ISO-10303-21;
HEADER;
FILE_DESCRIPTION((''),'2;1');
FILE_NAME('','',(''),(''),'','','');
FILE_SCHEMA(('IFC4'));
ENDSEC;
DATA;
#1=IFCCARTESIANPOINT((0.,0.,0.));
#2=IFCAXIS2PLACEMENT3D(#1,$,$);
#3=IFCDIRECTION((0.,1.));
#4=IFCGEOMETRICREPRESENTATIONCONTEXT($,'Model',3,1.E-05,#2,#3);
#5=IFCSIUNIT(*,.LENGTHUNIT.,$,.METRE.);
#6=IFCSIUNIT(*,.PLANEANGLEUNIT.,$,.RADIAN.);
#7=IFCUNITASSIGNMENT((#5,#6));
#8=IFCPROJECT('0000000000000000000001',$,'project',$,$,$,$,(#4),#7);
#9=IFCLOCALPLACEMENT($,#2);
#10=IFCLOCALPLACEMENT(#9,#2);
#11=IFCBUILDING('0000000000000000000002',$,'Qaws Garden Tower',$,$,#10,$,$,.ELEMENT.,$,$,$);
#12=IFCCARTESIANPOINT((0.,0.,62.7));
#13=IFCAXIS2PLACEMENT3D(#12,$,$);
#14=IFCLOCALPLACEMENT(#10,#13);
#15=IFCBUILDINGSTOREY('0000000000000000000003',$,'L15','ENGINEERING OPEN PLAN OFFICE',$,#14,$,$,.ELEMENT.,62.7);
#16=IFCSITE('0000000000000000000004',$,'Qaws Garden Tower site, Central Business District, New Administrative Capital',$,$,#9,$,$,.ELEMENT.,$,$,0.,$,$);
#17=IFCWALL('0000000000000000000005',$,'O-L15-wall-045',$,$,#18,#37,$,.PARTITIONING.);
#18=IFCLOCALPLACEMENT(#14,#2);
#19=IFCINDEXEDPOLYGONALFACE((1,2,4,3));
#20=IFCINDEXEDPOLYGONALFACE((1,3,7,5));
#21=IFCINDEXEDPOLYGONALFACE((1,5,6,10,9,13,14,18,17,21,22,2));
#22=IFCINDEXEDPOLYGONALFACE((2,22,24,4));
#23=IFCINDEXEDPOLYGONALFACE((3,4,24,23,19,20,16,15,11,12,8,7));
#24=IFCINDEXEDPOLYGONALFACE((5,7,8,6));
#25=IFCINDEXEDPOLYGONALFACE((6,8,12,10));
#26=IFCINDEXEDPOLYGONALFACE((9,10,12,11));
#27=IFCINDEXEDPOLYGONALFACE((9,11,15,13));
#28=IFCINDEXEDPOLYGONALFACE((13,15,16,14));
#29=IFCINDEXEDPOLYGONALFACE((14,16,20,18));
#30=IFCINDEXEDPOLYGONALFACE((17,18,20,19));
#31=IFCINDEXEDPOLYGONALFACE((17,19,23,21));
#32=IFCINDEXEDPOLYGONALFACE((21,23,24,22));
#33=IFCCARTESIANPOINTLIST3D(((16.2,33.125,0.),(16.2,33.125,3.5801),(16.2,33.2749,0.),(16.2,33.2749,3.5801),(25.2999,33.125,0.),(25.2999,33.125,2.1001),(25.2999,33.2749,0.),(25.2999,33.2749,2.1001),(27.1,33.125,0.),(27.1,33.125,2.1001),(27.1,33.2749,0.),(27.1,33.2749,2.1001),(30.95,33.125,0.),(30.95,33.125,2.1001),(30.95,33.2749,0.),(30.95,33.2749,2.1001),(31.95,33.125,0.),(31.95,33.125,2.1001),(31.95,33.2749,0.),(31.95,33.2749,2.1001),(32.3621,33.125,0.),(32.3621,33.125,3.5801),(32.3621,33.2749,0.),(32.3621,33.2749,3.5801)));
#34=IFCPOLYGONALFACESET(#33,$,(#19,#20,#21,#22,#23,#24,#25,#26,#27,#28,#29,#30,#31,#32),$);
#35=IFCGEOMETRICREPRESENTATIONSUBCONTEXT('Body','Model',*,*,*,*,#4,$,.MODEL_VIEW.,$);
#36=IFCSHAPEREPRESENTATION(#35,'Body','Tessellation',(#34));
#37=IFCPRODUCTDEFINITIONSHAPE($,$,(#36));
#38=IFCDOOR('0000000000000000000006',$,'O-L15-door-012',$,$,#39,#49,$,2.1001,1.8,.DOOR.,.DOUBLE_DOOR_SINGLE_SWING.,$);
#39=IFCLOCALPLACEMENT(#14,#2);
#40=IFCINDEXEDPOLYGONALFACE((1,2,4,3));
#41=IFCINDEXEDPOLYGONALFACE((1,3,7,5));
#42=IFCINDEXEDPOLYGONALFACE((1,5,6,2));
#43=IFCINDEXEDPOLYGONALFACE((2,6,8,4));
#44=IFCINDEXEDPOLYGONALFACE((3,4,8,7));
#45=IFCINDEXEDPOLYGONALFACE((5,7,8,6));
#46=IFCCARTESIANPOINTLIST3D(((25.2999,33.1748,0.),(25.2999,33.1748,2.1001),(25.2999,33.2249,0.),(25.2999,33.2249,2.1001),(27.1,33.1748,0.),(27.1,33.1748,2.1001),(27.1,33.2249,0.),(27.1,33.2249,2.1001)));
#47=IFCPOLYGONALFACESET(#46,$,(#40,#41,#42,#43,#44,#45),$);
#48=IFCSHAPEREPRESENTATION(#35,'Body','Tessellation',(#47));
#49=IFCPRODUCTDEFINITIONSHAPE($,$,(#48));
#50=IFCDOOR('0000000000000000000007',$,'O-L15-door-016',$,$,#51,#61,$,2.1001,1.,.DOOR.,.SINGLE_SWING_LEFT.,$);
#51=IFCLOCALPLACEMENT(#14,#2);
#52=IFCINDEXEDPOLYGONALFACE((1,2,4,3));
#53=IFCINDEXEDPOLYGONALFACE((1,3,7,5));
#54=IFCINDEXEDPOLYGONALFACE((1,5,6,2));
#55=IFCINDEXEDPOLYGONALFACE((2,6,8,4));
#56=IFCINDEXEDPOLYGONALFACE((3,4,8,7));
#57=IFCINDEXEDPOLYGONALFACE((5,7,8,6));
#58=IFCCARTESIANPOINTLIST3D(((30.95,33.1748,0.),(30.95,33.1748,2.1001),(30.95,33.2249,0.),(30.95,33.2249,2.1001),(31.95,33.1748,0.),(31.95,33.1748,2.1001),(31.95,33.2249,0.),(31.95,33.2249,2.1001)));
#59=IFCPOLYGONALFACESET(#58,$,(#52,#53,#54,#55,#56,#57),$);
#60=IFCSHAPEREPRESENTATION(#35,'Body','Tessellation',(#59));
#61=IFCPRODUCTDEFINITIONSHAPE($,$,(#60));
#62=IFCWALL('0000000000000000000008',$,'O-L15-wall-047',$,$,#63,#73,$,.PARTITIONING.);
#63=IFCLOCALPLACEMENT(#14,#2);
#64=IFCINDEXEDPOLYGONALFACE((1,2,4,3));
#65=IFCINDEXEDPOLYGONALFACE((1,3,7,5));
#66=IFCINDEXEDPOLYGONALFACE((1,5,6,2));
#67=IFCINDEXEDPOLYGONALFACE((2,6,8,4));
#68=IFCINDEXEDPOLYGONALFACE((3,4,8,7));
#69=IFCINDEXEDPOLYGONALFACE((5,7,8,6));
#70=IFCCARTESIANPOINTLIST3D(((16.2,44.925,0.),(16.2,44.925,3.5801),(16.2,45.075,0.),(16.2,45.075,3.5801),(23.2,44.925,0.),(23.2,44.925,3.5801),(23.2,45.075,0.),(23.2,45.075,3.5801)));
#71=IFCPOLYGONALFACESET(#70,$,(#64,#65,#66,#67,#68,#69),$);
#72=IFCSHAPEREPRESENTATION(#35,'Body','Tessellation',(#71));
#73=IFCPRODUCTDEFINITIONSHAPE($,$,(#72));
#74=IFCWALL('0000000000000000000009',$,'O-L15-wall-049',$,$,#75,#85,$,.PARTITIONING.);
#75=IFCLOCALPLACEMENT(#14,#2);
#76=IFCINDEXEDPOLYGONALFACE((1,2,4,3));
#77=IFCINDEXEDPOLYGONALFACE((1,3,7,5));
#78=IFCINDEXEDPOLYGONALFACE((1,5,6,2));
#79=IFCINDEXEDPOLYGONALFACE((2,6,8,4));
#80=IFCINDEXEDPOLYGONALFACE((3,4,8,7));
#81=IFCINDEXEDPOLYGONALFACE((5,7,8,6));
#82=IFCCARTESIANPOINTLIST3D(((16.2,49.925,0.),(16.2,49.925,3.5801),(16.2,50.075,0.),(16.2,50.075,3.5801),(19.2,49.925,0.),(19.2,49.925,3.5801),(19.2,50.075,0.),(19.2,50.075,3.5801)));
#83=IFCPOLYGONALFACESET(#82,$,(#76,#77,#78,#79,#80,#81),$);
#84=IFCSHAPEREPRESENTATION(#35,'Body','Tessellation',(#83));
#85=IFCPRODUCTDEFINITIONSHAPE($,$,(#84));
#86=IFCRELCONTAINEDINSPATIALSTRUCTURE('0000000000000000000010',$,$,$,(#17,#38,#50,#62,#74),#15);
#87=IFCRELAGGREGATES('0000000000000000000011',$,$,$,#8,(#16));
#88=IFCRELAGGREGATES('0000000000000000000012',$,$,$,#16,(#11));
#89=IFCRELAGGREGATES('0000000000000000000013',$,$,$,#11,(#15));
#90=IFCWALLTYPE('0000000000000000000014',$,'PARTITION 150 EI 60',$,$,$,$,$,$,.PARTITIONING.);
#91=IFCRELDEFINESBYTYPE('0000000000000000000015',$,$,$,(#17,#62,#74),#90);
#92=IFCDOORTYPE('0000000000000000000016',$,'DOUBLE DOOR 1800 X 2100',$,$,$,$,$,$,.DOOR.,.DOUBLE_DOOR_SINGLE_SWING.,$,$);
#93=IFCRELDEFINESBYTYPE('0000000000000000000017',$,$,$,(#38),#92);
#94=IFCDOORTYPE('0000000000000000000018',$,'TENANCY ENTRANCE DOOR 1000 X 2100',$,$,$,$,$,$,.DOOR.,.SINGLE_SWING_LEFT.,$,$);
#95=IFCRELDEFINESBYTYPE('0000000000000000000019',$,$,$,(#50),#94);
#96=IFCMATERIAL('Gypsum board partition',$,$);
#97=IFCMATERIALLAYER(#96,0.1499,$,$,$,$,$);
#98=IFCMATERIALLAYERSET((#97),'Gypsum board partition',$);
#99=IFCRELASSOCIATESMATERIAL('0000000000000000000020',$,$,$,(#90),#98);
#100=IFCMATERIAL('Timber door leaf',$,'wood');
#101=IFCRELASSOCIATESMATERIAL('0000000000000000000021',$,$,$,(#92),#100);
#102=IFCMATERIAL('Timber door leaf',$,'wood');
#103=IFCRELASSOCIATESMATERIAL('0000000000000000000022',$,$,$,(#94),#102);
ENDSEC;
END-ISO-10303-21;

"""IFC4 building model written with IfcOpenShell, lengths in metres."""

from ifc_helpers import new_model, si_unit, direction, frame, frame_2d, origin, place, context, subcontext, project, spatial, rectangle, extrude, material, layer, layer_set, type_object, element, fill, save


model = new_model("IFC4")

# Units and contexts
model_context = context("Model", 3, precision=1e-05, world=origin(), true_north=direction((0.0, 1.0)))
body_context = subcontext(model_context, "Body", "Model", "MODEL_VIEW")
ifc_project = project(units=[si_unit("LENGTHUNIT", "METRE"), si_unit("PLANEANGLEUNIT", "RADIAN")], contexts=[model_context])

# Site, building, storey
site_placement = place(None, origin())
site = spatial("IfcSite", under=ifc_project, at=site_placement, Name="Qaws Garden Tower site, Central Business District, New Administrative Capital", CompositionType="ELEMENT", RefElevation=0.0)
building_placement = place(site_placement, origin())
building = spatial("IfcBuilding", under=site, at=building_placement, Name="Qaws Garden Tower", CompositionType="ELEMENT")
storey_placement = place(building_placement, frame((0.0, 0.0, 62.7)))
storey = spatial("IfcBuildingStorey", under=building, at=storey_placement, Name="L15", Description="ENGINEERING OPEN PLAN OFFICE", CompositionType="ELEMENT", Elevation=62.7)

# Shared definitions
ifc_material_1 = material(Name="Gypsum board partition")
ifc_layer_1 = layer(ifc_material_1, 0.1499)
ifc_layer_set_1 = layer_set([ifc_layer_1], Name="Gypsum board partition")
wall_type_1 = type_object("IfcWallType", Name="PARTITION 150 EI 60", PredefinedType="PARTITIONING", material=ifc_layer_set_1)
ifc_material_2 = material(Name="Timber door leaf", Category="wood")
door_type_1 = type_object("IfcDoorType", Name="DOUBLE DOOR 1800 X 2100", OperationType="DOUBLE_DOOR_SINGLE_SWING", PredefinedType="DOOR", material=ifc_material_2)
ifc_material_3 = material(Name="Timber door leaf", Category="wood")
door_type_2 = type_object("IfcDoorType", Name="TENANCY ENTRANCE DOOR 1000 X 2100", OperationType="SINGLE_SWING_LEFT", PredefinedType="DOOR", material=ifc_material_3)

# Wall, openings, doors
wall_1_placement = place(storey_placement, frame((16.2, 33.2, 0.0), z_axis=(0.0, 0.0, 1.0), x_axis=(1.0, 0.0, 0.0)))
wall_1 = element("IfcWall", 1, at=wall_1_placement, inside=storey, type_object=wall_type_1, Name="O-L15-wall-045", PredefinedType="PARTITIONING", context=body_context, shape_type="SweptSolid", body=[
    extrude(rectangle(XDim=16.1621, YDim=0.1499, at=frame_2d((8.0811, 0.0))), origin(), (0.0, 0.0, 1.0), 3.5801),
])
opening_1_placement = place(wall_1_placement, frame((9.1001, 0.0, 0.0)))
opening_1 = element("IfcOpeningElement", 2, at=opening_1_placement, cuts=wall_1, PredefinedType="OPENING", context=body_context, shape_type="SweptSolid", body=[
    extrude(rectangle(XDim=1.8, YDim=2.1001, at=frame_2d((0.8999, 1.05))), frame((0.0, 0.085, 0.0), z_axis=(0.0, -1.0, 0.0), x_axis=(1.0, 0.0, 0.0)), (0.0, 0.0, 1.0), 0.1699),
])
opening_2_placement = place(wall_1_placement, frame((14.75, 0.0, 0.0)))
opening_2 = element("IfcOpeningElement", 3, at=opening_2_placement, cuts=wall_1, PredefinedType="OPENING", context=body_context, shape_type="SweptSolid", body=[
    extrude(rectangle(XDim=1.0, YDim=2.1001, at=frame_2d((0.5, 1.05))), frame((0.0, 0.085, 0.0), z_axis=(0.0, -1.0, 0.0), x_axis=(1.0, 0.0, 0.0)), (0.0, 0.0, 1.0), 0.1699),
])
door_1_placement = place(opening_1_placement, origin())
door_1 = element("IfcDoor", 4, at=door_1_placement, inside=storey, type_object=door_type_1, Name="O-L15-door-012", OperationType="DOUBLE_DOOR_SINGLE_SWING", OverallHeight=2.1001, OverallWidth=1.8, PredefinedType="DOOR", context=body_context, shape_type="SweptSolid", body=[
    extrude(rectangle(XDim=1.8, YDim=2.1001, at=frame_2d((0.8999, 1.05))), frame((0.0, 0.0249, 0.0), z_axis=(0.0, -1.0, 0.0), x_axis=(1.0, 0.0, 0.0)), (0.0, 0.0, 1.0), 0.05),
])
fill(opening_1, door_1)
door_2_placement = place(opening_2_placement, origin())
door_2 = element("IfcDoor", 5, at=door_2_placement, inside=storey, type_object=door_type_2, Name="O-L15-door-016", OperationType="SINGLE_SWING_LEFT", OverallHeight=2.1001, OverallWidth=1.0, PredefinedType="DOOR", context=body_context, shape_type="SweptSolid", body=[
    extrude(rectangle(XDim=1.0, YDim=2.1001, at=frame_2d((0.5, 1.05))), frame((0.0, 0.0249, 0.0), z_axis=(0.0, -1.0, 0.0), x_axis=(1.0, 0.0, 0.0)), (0.0, 0.0, 1.0), 0.05),
])
fill(opening_2, door_2)

# Walls
wall_2_placement = place(storey_placement, frame((16.2, 45.0, 0.0), z_axis=(0.0, 0.0, 1.0), x_axis=(1.0, 0.0, 0.0)))
element("IfcWall", 6, at=wall_2_placement, inside=storey, type_object=wall_type_1, Name="O-L15-wall-047", PredefinedType="PARTITIONING", context=body_context, shape_type="SweptSolid", body=[
    extrude(rectangle(XDim=7.0, YDim=0.1499, at=frame_2d((3.5, 0.0))), origin(), (0.0, 0.0, 1.0), 3.5801),
])
wall_3_placement = place(storey_placement, frame((16.2, 50.0, 0.0), z_axis=(0.0, 0.0, 1.0), x_axis=(1.0, 0.0, 0.0)))
element("IfcWall", 7, at=wall_3_placement, inside=storey, type_object=wall_type_1, Name="O-L15-wall-049", PredefinedType="PARTITIONING", context=body_context, shape_type="SweptSolid", body=[
    extrude(rectangle(XDim=3.0, YDim=0.1499, at=frame_2d((1.5, 0.0))), origin(), (0.0, 0.0, 1.0), 3.5801),
])

save(model, "model.ifc")
